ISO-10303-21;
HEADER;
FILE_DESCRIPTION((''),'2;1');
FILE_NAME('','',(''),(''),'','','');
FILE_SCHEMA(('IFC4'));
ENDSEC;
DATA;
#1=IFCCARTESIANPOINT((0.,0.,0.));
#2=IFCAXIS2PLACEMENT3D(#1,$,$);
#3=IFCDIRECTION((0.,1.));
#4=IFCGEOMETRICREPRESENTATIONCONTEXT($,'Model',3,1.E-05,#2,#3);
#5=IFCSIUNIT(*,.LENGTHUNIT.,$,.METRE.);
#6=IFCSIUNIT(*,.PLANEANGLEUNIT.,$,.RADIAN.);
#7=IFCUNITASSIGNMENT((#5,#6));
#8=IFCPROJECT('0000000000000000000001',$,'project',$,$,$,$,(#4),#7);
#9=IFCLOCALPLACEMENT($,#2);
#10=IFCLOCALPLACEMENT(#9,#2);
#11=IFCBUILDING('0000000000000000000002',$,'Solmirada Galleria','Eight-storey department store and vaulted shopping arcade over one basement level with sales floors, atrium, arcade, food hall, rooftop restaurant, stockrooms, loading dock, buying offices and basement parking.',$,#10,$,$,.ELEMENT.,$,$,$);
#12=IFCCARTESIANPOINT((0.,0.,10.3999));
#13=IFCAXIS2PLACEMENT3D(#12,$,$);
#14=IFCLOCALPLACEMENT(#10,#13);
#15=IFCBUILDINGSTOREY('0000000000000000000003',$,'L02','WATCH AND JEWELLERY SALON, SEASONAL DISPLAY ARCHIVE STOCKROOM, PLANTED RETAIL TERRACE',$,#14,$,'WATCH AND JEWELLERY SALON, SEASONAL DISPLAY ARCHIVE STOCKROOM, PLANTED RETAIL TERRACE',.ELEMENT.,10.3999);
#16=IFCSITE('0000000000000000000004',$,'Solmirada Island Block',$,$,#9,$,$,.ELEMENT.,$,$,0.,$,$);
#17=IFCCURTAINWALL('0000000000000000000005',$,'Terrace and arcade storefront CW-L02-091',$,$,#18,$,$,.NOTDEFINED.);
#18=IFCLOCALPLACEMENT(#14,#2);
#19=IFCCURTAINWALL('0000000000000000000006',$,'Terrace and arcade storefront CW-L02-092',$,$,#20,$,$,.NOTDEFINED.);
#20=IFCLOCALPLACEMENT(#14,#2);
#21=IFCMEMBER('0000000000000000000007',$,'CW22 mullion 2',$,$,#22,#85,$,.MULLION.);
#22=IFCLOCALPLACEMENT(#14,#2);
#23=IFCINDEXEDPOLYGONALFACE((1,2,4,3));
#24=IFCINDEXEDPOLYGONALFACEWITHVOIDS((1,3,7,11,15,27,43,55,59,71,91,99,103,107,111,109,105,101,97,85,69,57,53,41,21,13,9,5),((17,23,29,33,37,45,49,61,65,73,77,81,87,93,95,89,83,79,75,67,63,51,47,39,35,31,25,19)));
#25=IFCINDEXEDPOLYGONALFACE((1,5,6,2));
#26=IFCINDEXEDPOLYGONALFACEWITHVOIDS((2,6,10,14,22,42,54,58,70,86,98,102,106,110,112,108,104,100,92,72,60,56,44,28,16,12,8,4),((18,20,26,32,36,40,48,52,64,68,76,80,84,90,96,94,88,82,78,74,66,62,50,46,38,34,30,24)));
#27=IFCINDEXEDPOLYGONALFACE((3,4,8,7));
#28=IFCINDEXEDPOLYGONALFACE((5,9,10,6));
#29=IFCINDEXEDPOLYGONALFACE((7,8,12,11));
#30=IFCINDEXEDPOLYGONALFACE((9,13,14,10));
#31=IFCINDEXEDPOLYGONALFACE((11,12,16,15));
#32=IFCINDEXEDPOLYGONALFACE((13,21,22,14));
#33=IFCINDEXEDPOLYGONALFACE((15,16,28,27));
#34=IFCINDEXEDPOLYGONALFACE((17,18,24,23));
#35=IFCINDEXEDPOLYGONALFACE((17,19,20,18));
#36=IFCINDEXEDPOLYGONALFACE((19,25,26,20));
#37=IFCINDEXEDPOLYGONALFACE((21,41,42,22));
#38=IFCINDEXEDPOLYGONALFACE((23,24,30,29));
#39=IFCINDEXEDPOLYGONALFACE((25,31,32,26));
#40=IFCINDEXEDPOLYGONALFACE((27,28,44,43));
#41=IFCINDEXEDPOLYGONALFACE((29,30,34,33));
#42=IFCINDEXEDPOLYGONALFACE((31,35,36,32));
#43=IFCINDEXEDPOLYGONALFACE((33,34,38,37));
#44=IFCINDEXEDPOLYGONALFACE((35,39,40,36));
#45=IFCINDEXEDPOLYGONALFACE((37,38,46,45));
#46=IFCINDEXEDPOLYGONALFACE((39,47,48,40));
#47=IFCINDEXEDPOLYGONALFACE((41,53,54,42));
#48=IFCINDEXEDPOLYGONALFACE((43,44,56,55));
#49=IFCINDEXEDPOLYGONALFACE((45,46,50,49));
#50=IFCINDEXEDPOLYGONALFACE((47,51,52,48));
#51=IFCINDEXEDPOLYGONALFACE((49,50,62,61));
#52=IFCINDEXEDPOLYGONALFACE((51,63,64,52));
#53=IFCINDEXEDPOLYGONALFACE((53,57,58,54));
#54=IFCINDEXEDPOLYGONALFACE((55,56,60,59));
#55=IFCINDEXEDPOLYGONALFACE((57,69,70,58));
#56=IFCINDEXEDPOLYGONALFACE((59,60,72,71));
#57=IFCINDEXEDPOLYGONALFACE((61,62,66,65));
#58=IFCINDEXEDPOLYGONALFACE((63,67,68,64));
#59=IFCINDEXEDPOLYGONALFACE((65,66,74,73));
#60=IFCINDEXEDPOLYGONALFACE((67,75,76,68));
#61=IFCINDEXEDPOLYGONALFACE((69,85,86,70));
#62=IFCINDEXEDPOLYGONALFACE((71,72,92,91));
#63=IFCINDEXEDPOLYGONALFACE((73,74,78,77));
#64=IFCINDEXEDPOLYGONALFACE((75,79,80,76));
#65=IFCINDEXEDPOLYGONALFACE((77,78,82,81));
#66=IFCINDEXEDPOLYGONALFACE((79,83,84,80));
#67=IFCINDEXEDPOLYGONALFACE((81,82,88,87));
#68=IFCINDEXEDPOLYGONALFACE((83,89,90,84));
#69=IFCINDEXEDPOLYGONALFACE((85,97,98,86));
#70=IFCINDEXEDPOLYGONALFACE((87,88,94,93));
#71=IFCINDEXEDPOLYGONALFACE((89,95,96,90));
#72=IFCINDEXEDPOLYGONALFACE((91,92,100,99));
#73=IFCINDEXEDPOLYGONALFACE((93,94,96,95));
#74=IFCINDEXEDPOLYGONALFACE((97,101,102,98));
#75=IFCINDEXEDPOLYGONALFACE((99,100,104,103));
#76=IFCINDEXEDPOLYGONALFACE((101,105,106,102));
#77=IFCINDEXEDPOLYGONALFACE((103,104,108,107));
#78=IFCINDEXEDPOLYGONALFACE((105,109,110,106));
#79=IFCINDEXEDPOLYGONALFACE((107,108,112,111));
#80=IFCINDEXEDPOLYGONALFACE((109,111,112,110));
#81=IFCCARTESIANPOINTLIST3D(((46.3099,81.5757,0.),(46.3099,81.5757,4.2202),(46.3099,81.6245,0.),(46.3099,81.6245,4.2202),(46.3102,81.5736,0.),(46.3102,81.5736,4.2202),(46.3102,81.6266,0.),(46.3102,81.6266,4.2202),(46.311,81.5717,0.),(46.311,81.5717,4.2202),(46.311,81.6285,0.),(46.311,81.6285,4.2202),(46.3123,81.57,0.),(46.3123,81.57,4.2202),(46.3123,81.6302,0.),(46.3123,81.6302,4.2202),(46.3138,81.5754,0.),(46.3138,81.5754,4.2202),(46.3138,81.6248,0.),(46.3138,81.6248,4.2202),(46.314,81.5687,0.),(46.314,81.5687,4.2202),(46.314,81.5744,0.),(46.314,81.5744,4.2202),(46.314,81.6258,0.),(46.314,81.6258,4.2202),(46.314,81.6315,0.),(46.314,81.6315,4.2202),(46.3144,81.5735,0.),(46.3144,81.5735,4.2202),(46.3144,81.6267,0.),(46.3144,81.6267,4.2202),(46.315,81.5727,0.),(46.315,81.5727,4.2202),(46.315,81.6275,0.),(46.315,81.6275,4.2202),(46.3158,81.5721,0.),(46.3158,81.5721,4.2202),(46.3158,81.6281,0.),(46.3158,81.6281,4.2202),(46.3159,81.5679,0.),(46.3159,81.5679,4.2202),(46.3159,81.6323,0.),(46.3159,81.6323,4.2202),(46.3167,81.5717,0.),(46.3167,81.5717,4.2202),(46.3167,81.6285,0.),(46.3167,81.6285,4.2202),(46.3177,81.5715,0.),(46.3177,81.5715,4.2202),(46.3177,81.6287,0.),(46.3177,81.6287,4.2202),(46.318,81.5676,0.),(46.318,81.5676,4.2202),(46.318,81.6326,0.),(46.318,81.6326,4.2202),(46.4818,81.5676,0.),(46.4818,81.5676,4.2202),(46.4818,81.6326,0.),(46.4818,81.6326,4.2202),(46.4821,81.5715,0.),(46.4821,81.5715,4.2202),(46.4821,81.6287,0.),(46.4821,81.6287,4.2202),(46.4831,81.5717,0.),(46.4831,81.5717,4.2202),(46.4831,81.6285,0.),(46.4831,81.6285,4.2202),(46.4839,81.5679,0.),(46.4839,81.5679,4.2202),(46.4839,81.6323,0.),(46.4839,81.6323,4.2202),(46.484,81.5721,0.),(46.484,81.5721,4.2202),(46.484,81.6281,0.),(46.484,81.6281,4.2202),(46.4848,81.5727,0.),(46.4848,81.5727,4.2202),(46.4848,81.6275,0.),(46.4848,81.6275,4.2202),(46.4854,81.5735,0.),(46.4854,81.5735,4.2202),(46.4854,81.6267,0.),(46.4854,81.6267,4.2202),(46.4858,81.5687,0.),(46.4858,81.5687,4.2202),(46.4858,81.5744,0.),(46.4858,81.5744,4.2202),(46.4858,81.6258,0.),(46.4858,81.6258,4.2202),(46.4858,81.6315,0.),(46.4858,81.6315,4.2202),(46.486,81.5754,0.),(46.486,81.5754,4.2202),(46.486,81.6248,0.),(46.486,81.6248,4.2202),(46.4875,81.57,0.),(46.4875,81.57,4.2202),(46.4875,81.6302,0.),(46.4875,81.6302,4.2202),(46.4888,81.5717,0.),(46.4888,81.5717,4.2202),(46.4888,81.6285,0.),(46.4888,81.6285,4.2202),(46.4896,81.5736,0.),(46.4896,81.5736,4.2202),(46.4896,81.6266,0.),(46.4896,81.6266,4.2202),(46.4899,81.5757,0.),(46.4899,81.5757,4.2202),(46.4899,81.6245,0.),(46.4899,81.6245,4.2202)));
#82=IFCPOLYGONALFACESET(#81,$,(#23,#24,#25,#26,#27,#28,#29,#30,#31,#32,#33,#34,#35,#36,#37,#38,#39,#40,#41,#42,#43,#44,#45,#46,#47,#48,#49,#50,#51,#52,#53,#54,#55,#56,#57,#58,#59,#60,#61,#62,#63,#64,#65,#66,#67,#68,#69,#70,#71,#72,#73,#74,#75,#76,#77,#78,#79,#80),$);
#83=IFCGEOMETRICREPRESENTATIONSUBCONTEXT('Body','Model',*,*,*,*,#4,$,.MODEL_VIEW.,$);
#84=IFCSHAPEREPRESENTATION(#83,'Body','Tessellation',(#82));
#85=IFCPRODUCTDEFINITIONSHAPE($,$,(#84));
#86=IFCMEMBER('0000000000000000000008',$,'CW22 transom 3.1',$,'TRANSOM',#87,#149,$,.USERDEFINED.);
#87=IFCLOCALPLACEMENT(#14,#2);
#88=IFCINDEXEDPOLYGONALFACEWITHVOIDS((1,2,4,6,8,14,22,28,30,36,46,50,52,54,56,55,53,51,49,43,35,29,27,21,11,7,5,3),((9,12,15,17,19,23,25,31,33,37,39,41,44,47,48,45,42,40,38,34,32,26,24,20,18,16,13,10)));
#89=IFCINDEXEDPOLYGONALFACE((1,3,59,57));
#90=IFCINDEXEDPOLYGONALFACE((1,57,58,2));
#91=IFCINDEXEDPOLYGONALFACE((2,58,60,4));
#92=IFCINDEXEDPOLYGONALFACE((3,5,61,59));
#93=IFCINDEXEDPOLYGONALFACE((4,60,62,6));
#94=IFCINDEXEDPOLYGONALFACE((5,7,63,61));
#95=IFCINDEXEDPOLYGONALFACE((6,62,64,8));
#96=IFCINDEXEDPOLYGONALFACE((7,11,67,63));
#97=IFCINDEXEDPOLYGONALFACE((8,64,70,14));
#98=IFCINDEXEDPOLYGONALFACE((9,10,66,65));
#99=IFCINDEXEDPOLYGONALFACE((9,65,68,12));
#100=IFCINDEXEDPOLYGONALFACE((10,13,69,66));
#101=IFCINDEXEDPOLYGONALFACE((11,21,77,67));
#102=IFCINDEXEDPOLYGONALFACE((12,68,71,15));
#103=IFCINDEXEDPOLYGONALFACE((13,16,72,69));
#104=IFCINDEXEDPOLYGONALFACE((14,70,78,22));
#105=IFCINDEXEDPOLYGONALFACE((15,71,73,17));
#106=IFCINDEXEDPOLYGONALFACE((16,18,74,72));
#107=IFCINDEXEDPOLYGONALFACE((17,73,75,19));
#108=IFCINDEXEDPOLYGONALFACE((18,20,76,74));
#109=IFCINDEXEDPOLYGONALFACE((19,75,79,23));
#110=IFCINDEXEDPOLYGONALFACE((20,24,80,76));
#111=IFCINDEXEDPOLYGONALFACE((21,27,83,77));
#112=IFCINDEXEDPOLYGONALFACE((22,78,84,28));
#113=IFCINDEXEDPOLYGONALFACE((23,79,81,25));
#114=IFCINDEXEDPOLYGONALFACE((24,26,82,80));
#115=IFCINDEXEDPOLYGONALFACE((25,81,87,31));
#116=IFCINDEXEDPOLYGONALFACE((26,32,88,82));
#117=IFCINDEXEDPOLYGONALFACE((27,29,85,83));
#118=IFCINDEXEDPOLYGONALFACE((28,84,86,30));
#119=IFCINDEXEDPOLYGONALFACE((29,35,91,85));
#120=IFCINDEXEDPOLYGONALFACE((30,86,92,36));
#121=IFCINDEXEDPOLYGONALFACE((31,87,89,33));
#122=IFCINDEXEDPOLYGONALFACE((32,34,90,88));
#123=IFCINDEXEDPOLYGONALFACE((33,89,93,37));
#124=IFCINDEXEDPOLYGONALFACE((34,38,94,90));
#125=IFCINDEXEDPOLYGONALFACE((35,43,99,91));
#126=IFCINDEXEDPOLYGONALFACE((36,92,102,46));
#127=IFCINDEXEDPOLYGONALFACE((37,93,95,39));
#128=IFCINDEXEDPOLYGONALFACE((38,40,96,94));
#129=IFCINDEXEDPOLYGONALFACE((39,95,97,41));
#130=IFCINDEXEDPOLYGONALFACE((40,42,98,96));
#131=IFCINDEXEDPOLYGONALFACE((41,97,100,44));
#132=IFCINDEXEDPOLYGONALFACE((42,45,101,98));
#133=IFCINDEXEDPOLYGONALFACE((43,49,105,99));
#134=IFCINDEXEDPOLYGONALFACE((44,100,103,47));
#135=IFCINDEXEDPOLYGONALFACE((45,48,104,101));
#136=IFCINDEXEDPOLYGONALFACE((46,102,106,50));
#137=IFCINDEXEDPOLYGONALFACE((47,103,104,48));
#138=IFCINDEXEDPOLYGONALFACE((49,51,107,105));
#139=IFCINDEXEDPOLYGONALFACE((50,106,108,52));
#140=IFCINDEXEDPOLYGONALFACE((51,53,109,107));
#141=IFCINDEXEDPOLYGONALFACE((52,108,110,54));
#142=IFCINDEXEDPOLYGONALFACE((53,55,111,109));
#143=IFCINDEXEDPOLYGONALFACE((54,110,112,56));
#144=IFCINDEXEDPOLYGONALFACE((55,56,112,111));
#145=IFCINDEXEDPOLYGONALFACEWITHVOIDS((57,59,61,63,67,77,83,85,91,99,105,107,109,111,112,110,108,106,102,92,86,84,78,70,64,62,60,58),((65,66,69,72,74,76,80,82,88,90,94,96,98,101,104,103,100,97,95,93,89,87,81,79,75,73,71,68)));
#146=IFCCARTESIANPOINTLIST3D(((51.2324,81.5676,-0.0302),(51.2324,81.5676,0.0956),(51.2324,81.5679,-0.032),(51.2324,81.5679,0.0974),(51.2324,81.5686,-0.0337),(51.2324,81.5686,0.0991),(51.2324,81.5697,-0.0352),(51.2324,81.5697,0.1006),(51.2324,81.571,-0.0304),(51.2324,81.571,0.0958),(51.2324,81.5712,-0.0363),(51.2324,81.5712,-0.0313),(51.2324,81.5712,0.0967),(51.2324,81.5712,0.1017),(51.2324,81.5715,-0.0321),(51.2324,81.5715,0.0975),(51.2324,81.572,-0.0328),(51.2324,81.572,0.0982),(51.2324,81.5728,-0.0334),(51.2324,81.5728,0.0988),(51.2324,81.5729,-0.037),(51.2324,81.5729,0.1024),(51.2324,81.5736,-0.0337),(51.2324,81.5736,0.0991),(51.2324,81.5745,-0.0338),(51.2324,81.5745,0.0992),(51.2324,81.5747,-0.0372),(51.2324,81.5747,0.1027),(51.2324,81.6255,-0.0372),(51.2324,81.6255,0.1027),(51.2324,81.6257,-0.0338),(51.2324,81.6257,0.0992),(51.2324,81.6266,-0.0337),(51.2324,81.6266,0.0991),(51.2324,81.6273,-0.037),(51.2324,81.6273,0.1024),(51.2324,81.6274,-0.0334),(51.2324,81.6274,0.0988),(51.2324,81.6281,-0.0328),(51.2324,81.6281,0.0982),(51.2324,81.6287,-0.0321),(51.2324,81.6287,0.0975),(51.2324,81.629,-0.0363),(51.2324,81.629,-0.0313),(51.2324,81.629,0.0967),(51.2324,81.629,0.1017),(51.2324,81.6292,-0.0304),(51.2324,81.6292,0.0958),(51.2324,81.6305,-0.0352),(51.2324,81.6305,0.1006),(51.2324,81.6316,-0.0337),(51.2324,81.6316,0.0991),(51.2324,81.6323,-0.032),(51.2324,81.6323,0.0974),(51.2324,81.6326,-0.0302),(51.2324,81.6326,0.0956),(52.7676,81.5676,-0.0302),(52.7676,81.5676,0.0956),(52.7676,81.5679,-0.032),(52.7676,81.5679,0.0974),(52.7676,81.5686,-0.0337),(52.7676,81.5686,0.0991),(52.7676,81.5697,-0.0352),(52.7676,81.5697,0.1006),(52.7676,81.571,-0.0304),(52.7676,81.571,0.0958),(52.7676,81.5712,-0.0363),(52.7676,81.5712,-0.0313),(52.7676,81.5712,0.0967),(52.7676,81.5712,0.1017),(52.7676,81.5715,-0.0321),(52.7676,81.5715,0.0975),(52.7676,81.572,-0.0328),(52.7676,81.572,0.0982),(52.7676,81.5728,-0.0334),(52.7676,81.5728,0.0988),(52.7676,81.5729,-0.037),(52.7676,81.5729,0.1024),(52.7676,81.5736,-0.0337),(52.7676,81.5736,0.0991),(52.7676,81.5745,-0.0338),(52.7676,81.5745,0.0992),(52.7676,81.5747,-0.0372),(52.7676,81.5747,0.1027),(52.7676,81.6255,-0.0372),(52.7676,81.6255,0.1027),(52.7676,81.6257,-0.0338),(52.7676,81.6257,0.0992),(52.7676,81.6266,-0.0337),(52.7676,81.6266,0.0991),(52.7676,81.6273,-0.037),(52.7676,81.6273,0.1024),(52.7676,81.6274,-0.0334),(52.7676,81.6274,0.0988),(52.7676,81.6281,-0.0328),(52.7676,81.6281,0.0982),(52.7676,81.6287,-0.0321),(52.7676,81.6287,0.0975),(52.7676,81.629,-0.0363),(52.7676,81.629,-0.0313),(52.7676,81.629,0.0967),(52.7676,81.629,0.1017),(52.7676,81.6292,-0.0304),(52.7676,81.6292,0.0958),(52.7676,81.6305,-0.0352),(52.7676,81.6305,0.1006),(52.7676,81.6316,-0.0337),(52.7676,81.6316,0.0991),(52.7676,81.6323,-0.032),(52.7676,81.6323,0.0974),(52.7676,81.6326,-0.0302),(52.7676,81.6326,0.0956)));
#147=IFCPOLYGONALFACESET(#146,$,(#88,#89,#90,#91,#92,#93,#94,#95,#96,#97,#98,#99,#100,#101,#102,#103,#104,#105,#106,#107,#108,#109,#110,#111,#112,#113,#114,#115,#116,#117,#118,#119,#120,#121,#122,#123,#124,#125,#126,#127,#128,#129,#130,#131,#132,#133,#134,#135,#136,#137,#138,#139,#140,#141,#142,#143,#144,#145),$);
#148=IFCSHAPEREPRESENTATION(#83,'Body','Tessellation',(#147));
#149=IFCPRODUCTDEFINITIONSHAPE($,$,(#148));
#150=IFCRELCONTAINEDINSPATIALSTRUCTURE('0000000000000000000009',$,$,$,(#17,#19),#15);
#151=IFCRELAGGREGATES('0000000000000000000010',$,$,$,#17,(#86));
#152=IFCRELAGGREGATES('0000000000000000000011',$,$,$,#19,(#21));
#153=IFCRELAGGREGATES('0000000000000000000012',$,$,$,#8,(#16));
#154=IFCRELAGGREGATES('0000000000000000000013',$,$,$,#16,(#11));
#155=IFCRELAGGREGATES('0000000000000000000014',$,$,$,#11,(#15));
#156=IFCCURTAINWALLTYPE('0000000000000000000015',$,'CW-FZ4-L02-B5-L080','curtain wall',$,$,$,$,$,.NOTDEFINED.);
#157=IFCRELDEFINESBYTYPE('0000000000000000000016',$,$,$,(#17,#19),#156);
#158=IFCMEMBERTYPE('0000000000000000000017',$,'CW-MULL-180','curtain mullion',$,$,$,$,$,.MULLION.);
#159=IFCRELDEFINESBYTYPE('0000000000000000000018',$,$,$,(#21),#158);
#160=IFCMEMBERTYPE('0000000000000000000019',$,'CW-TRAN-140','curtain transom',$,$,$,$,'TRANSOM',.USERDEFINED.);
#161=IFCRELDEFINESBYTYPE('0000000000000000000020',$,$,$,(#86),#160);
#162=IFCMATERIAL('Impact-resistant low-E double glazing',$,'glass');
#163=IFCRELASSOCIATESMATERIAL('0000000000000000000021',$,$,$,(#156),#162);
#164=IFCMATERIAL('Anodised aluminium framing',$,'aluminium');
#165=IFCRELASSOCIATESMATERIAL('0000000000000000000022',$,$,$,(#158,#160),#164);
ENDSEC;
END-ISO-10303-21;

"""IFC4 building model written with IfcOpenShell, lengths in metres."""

from ifc_helpers import new_model, si_unit, direction, frame, origin, origin_2d, place, context, subcontext, project, spatial, hollow_rectangle, extrude, material, material_profile, profile_set, type_object, element, aggregate, save


model = new_model("IFC4")

# Units and contexts
model_context = context("Model", 3, precision=1e-05, world=origin(), true_north=direction((0.0, 1.0)))
body_context = subcontext(model_context, "Body", "Model", "MODEL_VIEW")
ifc_project = project(units=[si_unit("LENGTHUNIT", "METRE"), si_unit("PLANEANGLEUNIT", "RADIAN")], contexts=[model_context])

# Site, building, storey
site_placement = place(None, origin())
site = spatial("IfcSite", under=ifc_project, at=site_placement, Name="Solmirada Island Block", CompositionType="ELEMENT", RefElevation=0.0)
building_placement = place(site_placement, origin())
building = spatial("IfcBuilding", under=site, at=building_placement, Name="Solmirada Galleria", Description="Eight-storey department store and vaulted shopping arcade over one basement level with sales floors, atrium, arcade, food hall, rooftop restaurant, stockrooms, loading dock, buying offices and basement parking.", CompositionType="ELEMENT")
storey_placement = place(building_placement, frame((0.0, 0.0, 10.3999)))
storey = spatial("IfcBuildingStorey", under=building, at=storey_placement, Name="L02", Description="WATCH AND JEWELLERY SALON, SEASONAL DISPLAY ARCHIVE STOCKROOM, PLANTED RETAIL TERRACE", LongName="WATCH AND JEWELLERY SALON, SEASONAL DISPLAY ARCHIVE STOCKROOM, PLANTED RETAIL TERRACE", CompositionType="ELEMENT", Elevation=10.3999)

# Curtain walls, member
ifc_material_1 = material(Name="Impact-resistant low-E double glazing", Category="glass")
curtain_wall_type = type_object("IfcCurtainWallType", Name="CW-FZ4-L02-B5-L080", Description="curtain wall", PredefinedType="NOTDEFINED", material=ifc_material_1)
curtain_wall_1_placement = place(storey_placement, origin())
curtain_wall_1 = element("IfcCurtainWall", 1, at=curtain_wall_1_placement, inside=storey, type_object=curtain_wall_type, Name="Terrace and arcade storefront CW-L02-091", PredefinedType="NOTDEFINED")
ifc_material_2 = material(Name="Anodised aluminium framing", Category="aluminium")
ifc_material_profile_1 = material_profile(ifc_material_2, hollow_rectangle(XDim=0.0649, YDim=0.1799, WallThickness=0.0039, InnerFilletRadius=0.0039, OuterFilletRadius=0.0081, at=origin_2d()), Name="ALU-MULL-180X65")
ifc_profile_set_1 = profile_set([ifc_material_profile_1], Name="Anodised aluminium framing")
member_type_1 = type_object("IfcMemberType", Name="CW-MULL-180", Description="curtain mullion", PredefinedType="MULLION", material=ifc_profile_set_1)
curtain_wall_2_placement = place(storey_placement, origin())
curtain_wall_2 = element("IfcCurtainWall", 2, at=curtain_wall_2_placement, inside=storey, type_object=curtain_wall_type, Name="Terrace and arcade storefront CW-L02-092", PredefinedType="NOTDEFINED")
member_1_placement = place(storey_placement, frame((46.3999, 81.6001, 0.0), z_axis=(0.0, 0.0, 1.0), x_axis=(0.0, -1.0, 0.0)))
member_1 = element("IfcMember", 3, at=member_1_placement, type_object=member_type_1, Name="CW22 mullion 2", PredefinedType="MULLION", context=body_context, shape_type="SweptSolid", body=[
    extrude(hollow_rectangle(XDim=0.0649, YDim=0.1799, WallThickness=0.0039, InnerFilletRadius=0.0039, OuterFilletRadius=0.0081, at=origin_2d()), origin(), (0.0, 0.0, 1.0), 4.2202),
])

# Member
ifc_material_profile_2 = material_profile(ifc_material_2, hollow_rectangle(XDim=0.0649, YDim=0.1399, WallThickness=0.0034, InnerFilletRadius=0.0034, OuterFilletRadius=0.0071, at=origin_2d()), Name="ALU-TRAN-140X65")
ifc_profile_set_2 = profile_set([ifc_material_profile_2], Name="Anodised aluminium framing")
member_type_2 = type_object("IfcMemberType", Name="CW-TRAN-140", Description="curtain transom", ElementType="TRANSOM", PredefinedType="USERDEFINED", material=ifc_profile_set_2)
member_2_placement = place(storey_placement, frame((52.7676, 81.6001, 0.0327), z_axis=(-1.0, 0.0, 0.0), x_axis=(0.0, -1.0, 0.0)))
member_2 = element("IfcMember", 4, at=member_2_placement, type_object=member_type_2, Name="CW22 transom 3.1", ObjectType="TRANSOM", PredefinedType="USERDEFINED", context=body_context, shape_type="SweptSolid", body=[
    extrude(hollow_rectangle(XDim=0.0649, YDim=0.1399, WallThickness=0.0034, InnerFilletRadius=0.0034, OuterFilletRadius=0.0071, at=origin_2d()), origin(), (0.0, 0.0, 1.0), 1.5352),
])

aggregate(curtain_wall_1, [member_2])
aggregate(curtain_wall_2, [member_1])

save(model, "model.ifc")
